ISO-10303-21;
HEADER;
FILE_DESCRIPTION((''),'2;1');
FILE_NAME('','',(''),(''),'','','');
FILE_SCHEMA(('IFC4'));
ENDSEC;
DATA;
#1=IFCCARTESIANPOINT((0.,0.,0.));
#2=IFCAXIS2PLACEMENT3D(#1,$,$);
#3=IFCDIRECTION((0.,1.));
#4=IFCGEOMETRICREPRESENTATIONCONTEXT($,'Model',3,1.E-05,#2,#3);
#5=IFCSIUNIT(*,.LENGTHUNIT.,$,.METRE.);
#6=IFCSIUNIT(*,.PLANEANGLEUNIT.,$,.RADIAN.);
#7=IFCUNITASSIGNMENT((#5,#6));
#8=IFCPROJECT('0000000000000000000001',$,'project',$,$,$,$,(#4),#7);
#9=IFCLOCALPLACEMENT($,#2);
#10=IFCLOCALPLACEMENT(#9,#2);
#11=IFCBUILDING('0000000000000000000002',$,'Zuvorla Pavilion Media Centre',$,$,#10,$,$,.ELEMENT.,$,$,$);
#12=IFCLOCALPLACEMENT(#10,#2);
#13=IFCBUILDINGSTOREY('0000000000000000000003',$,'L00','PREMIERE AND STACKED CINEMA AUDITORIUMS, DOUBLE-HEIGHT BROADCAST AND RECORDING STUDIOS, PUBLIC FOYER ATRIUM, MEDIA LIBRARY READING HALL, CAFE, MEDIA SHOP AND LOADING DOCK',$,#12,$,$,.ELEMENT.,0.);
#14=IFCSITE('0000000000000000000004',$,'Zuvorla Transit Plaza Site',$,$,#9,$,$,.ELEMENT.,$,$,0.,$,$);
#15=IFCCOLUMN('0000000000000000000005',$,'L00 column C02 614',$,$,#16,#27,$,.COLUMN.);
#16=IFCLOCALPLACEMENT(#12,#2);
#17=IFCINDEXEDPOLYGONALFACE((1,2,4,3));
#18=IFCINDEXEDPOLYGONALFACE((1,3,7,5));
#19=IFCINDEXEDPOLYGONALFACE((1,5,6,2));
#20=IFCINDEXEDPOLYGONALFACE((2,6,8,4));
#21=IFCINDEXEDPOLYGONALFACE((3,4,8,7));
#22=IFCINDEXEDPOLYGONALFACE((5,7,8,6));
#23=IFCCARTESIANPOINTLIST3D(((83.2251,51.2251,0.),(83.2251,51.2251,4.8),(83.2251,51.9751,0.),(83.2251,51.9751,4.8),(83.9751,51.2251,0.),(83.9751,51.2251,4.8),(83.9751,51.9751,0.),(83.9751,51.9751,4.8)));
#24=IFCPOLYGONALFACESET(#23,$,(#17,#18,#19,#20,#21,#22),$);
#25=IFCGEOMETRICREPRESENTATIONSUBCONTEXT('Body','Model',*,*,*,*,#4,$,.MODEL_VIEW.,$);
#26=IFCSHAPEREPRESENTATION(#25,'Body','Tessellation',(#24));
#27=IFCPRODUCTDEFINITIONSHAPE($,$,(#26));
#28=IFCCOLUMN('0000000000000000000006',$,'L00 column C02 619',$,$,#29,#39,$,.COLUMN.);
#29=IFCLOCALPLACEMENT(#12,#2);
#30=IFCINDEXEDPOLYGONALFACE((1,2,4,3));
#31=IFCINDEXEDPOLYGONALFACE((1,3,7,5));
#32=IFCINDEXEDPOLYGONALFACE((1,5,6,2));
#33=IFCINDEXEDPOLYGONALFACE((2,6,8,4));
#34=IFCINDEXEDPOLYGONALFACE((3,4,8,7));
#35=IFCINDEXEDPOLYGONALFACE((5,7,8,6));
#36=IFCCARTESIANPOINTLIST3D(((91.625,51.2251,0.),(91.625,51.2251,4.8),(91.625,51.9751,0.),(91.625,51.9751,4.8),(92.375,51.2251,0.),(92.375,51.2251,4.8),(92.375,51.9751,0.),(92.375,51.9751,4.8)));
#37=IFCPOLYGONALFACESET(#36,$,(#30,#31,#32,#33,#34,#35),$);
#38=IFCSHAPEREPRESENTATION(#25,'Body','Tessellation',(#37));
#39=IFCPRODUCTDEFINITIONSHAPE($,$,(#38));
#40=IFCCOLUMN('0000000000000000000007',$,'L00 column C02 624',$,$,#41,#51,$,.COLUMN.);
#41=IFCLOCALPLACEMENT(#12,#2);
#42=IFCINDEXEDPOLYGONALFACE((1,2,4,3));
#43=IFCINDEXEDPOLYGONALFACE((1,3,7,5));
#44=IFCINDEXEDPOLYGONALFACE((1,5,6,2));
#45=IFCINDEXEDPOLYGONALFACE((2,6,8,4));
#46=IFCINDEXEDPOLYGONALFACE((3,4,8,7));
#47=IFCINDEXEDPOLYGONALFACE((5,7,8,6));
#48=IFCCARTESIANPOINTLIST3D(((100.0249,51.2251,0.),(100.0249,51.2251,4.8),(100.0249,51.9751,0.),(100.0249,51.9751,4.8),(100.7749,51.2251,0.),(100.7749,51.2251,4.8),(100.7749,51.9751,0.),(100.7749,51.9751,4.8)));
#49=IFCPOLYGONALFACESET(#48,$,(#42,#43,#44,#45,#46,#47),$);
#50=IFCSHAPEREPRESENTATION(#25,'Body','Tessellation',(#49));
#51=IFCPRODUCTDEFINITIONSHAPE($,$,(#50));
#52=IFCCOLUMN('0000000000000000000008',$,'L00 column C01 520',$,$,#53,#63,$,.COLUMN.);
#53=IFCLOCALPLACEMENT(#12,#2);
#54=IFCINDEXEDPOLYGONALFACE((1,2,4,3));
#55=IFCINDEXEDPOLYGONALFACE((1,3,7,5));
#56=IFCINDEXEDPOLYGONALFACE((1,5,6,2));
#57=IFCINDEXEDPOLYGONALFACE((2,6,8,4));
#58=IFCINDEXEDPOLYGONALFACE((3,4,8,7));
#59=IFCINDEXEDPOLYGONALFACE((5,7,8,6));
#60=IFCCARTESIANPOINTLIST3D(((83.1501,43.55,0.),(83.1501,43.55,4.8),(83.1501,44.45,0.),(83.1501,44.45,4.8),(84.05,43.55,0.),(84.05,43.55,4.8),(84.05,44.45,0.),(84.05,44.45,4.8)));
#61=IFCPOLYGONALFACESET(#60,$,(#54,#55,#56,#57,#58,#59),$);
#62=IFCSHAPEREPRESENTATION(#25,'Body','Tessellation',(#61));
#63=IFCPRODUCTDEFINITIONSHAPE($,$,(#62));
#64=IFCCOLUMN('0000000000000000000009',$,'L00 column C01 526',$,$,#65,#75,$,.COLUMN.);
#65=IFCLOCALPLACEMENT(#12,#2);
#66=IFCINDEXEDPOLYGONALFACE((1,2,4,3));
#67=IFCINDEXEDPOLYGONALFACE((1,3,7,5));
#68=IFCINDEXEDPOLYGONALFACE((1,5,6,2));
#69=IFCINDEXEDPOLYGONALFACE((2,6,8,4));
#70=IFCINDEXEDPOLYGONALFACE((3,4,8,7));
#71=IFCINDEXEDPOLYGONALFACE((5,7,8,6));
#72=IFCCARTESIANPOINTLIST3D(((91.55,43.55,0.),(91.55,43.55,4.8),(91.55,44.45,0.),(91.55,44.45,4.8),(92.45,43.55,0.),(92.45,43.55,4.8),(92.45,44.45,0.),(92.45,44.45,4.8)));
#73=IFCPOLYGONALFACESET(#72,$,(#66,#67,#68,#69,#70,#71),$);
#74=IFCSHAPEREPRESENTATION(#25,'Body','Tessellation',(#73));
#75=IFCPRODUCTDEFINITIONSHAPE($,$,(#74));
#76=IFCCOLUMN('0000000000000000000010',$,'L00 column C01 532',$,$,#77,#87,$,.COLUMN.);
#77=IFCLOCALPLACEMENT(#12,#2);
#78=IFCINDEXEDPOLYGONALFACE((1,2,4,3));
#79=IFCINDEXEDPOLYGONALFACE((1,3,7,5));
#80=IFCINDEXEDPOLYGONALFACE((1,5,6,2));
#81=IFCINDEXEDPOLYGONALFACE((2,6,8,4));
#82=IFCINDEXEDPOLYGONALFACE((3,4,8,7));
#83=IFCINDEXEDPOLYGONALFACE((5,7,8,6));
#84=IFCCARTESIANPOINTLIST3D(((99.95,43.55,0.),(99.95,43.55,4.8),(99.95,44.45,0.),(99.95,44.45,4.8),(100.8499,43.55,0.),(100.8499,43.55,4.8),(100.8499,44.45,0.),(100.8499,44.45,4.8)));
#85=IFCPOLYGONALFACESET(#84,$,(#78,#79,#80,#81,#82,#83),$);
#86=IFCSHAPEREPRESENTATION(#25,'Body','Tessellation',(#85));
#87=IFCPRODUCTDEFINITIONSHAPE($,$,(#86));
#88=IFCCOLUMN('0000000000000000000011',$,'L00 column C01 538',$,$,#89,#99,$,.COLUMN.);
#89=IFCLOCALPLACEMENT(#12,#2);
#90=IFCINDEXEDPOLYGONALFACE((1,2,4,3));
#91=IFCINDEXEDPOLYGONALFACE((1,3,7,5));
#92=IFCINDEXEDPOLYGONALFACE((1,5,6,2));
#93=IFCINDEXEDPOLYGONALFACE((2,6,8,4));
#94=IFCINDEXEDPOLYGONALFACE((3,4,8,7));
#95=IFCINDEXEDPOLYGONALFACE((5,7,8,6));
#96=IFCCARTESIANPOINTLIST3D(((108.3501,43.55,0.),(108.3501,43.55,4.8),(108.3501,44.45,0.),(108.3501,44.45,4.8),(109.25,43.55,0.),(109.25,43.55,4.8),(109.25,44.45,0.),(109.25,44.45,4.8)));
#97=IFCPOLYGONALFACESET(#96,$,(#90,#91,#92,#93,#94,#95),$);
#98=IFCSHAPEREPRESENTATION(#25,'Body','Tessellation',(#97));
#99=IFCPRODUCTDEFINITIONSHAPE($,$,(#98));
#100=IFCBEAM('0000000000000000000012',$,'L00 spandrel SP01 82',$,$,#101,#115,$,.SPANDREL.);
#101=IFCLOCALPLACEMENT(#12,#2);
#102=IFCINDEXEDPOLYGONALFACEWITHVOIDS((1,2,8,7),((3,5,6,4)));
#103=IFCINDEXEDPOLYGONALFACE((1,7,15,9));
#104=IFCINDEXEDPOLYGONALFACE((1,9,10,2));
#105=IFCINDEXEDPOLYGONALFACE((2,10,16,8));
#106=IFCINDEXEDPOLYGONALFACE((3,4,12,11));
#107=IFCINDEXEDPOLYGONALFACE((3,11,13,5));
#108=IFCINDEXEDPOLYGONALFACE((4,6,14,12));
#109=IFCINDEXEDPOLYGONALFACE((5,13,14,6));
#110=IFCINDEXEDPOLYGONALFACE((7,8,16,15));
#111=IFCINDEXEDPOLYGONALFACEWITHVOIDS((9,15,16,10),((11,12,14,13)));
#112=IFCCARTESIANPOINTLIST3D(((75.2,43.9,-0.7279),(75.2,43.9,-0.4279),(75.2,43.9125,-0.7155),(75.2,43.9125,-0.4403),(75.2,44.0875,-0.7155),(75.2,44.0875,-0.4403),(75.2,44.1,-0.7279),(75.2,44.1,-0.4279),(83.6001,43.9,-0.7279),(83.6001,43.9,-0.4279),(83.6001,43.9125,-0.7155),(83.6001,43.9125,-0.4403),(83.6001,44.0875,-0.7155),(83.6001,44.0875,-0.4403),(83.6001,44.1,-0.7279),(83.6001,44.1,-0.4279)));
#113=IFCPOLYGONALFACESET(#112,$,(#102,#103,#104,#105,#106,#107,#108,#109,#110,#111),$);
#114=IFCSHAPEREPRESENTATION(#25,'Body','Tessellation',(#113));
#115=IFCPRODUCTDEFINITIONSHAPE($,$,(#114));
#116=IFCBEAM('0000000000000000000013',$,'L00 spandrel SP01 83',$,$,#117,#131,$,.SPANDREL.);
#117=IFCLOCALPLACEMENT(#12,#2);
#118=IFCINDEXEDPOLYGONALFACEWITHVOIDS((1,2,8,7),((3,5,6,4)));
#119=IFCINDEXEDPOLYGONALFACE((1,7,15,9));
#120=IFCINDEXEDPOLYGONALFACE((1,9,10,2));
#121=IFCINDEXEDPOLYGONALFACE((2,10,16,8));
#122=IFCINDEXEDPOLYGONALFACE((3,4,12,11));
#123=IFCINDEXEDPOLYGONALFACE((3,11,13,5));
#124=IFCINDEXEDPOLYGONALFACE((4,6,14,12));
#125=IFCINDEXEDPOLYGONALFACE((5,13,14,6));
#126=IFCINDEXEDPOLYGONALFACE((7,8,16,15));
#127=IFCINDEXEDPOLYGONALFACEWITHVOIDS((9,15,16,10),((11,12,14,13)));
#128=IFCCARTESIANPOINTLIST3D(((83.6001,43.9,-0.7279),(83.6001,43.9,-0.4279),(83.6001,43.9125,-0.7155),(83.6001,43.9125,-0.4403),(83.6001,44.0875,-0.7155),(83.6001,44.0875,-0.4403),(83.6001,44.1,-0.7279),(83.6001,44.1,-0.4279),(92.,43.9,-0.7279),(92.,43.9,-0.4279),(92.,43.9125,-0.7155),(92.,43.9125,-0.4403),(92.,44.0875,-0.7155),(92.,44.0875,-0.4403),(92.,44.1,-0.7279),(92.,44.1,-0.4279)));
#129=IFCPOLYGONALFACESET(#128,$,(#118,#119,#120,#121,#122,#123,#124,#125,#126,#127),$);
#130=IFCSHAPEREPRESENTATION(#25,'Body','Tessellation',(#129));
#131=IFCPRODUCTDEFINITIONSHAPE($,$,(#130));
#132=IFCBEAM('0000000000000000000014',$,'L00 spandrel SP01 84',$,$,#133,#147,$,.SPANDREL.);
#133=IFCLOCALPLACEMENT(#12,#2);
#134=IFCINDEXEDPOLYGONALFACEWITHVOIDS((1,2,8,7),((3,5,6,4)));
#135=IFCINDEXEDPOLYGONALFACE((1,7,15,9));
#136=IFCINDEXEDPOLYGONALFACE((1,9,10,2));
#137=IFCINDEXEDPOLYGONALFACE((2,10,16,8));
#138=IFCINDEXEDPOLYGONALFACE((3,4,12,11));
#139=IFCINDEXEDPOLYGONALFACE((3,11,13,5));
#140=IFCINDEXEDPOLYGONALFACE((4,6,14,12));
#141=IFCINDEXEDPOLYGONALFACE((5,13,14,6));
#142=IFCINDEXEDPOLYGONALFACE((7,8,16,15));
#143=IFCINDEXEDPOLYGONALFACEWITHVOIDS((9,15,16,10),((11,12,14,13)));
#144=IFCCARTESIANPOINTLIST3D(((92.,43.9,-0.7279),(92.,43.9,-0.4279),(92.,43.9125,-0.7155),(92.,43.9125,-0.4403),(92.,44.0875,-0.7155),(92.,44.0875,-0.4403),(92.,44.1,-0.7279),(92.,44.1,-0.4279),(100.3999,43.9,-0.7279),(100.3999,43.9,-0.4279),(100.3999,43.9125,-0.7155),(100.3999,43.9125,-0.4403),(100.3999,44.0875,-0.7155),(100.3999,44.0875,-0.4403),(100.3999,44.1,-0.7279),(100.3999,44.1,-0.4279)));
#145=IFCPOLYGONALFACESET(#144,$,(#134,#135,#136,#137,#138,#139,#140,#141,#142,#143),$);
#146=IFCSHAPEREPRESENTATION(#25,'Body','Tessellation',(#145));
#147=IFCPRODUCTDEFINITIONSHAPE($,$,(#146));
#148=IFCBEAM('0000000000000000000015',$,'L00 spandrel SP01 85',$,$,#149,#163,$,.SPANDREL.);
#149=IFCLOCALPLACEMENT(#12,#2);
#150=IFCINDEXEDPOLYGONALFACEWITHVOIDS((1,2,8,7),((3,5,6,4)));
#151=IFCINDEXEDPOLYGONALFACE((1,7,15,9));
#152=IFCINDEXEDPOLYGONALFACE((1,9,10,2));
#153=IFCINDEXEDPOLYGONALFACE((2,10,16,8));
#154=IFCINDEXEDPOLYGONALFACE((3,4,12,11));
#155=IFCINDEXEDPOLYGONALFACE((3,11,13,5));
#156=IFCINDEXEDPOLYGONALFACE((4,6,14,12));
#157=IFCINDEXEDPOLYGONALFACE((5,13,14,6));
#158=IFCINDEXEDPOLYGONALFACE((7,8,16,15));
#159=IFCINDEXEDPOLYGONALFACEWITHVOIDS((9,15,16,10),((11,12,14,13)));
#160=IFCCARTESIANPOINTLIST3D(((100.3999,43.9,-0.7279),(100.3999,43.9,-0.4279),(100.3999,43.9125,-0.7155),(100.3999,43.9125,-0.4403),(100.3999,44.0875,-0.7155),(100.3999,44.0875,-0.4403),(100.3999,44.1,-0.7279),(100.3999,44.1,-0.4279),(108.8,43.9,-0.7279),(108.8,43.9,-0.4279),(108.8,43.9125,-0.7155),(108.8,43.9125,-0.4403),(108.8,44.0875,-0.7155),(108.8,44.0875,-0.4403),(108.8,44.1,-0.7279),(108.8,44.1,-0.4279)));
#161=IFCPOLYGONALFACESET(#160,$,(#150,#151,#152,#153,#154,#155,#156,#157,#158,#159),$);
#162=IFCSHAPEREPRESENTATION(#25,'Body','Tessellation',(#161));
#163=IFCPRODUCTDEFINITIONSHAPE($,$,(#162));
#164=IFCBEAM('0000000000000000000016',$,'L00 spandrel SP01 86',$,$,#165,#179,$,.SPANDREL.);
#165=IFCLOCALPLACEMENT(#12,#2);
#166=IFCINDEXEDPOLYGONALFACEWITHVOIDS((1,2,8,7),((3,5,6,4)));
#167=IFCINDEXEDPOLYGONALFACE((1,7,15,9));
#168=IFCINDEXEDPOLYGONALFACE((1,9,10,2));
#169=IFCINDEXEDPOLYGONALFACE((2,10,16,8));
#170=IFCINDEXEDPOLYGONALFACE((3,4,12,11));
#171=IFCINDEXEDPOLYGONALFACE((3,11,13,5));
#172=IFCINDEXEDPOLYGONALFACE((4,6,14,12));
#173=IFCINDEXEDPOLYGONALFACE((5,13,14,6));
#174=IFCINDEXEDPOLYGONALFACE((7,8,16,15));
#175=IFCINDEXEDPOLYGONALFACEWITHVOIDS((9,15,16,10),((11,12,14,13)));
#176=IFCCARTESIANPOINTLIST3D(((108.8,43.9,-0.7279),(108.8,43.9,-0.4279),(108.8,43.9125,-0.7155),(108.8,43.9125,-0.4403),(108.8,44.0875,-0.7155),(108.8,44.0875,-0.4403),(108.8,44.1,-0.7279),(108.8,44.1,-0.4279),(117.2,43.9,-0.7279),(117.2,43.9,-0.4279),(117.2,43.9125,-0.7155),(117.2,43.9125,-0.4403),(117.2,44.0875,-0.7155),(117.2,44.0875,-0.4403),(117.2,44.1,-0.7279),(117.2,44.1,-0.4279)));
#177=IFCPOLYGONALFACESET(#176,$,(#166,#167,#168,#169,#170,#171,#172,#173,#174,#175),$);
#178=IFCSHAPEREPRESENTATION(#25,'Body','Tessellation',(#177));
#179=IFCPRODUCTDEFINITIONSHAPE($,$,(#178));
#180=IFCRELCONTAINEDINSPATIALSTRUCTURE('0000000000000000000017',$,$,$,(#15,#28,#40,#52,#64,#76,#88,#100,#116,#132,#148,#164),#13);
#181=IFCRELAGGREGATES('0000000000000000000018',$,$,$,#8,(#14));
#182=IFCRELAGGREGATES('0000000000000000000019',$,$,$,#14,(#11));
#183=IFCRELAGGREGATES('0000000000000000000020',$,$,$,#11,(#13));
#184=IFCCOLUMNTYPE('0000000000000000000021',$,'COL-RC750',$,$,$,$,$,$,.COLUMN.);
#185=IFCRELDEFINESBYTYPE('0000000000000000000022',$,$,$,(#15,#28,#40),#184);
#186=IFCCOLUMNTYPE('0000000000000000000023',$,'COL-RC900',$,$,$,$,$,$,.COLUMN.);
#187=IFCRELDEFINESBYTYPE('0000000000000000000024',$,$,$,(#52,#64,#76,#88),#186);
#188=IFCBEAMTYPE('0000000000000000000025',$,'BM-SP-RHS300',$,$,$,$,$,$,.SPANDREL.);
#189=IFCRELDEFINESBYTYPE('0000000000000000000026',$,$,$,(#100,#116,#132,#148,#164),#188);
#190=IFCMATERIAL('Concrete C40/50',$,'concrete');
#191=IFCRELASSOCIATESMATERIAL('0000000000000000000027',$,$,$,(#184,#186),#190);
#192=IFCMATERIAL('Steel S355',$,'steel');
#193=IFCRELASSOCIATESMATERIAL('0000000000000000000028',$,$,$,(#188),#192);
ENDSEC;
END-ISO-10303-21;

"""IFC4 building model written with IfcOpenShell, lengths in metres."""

from ifc_helpers import new_model, si_unit, direction, frame, origin, origin_2d, place, context, subcontext, project, spatial, rectangle, hollow_rectangle, extrude, material, material_profile, profile_set, type_object, element, save


model = new_model("IFC4")

# Units and contexts
model_context = context("Model", 3, precision=1e-05, world=origin(), true_north=direction((0.0, 1.0)))
body_context = subcontext(model_context, "Body", "Model", "MODEL_VIEW")
ifc_project = project(units=[si_unit("LENGTHUNIT", "METRE"), si_unit("PLANEANGLEUNIT", "RADIAN")], contexts=[model_context])

# Site, building, storey
site_placement = place(None, origin())
site = spatial("IfcSite", under=ifc_project, at=site_placement, Name="Zuvorla Transit Plaza Site", CompositionType="ELEMENT", RefElevation=0.0)
building_placement = place(site_placement, origin())
building = spatial("IfcBuilding", under=site, at=building_placement, Name="Zuvorla Pavilion Media Centre", CompositionType="ELEMENT")
storey_placement = place(building_placement, origin())
storey = spatial("IfcBuildingStorey", under=building, at=storey_placement, Name="L00", Description="PREMIERE AND STACKED CINEMA AUDITORIUMS, DOUBLE-HEIGHT BROADCAST AND RECORDING STUDIOS, PUBLIC FOYER ATRIUM, MEDIA LIBRARY READING HALL, CAFE, MEDIA SHOP AND LOADING DOCK", CompositionType="ELEMENT", Elevation=0.0)

# Columns
ifc_material_1 = material(Name="Concrete C40/50", Category="concrete")
ifc_material_profile_1 = material_profile(ifc_material_1, rectangle(XDim=0.75, YDim=0.75, at=origin_2d()), Name="RC 750x750")
ifc_profile_set_1 = profile_set([ifc_material_profile_1], Name="Concrete C40/50")
column_type_1 = type_object("IfcColumnType", Name="COL-RC750", PredefinedType="COLUMN", material=ifc_profile_set_1)
for number, where, z_axis, x_axis, name in (
    (1, (83.6001, 51.6001, 0.0), (0.0, 0.0, 1.0), (1.0, 0.0, 0.0), "L00 column C02 614"),
    (2, (92.0, 51.6001, 0.0), (0.0, 0.0, 1.0), (1.0, 0.0, 0.0), "L00 column C02 619"),
    (3, (100.3999, 51.6001, 0.0), (0.0, 0.0, 1.0), (1.0, 0.0, 0.0), "L00 column C02 624"),
):
    element("IfcColumn", number, at=place(storey_placement, frame(where, z_axis=z_axis, x_axis=x_axis)), inside=storey, type_object=column_type_1, Name=name, PredefinedType="COLUMN", context=body_context, shape_type="SweptSolid", body=[
        extrude(rectangle(XDim=0.75, YDim=0.75, at=origin_2d()), origin(), (0.0, 0.0, 1.0), 4.8),
    ])
ifc_material_profile_2 = material_profile(ifc_material_1, rectangle(XDim=0.8999, YDim=0.8999, at=origin_2d()), Name="RC 900x900")
ifc_profile_set_2 = profile_set([ifc_material_profile_2], Name="Concrete C40/50")
column_type_2 = type_object("IfcColumnType", Name="COL-RC900", PredefinedType="COLUMN", material=ifc_profile_set_2)
for number, where, z_axis, x_axis, name in (
    (4, (83.6001, 44.0, 0.0), (0.0, 0.0, 1.0), (1.0, 0.0, 0.0), "L00 column C01 520"),
    (5, (92.0, 44.0, 0.0), (0.0, 0.0, 1.0), (1.0, 0.0, 0.0), "L00 column C01 526"),
    (6, (100.3999, 44.0, 0.0), (0.0, 0.0, 1.0), (1.0, 0.0, 0.0), "L00 column C01 532"),
    (7, (108.8, 44.0, 0.0), (0.0, 0.0, 1.0), (1.0, 0.0, 0.0), "L00 column C01 538"),
):
    element("IfcColumn", number, at=place(storey_placement, frame(where, z_axis=z_axis, x_axis=x_axis)), inside=storey, type_object=column_type_2, Name=name, PredefinedType="COLUMN", context=body_context, shape_type="SweptSolid", body=[
        extrude(rectangle(XDim=0.8999, YDim=0.8999, at=origin_2d()), origin(), (0.0, 0.0, 1.0), 4.8),
    ])

# Beams
ifc_material_2 = material(Name="Steel S355", Category="steel")
ifc_material_profile_3 = material_profile(ifc_material_2, hollow_rectangle(XDim=0.2, YDim=0.3, WallThickness=0.0125, at=origin_2d()), Name="RHS 300x200x12.5")
ifc_profile_set_3 = profile_set([ifc_material_profile_3], Name="Steel S355")
beam_type = type_object("IfcBeamType", Name="BM-SP-RHS300", PredefinedType="SPANDREL", material=ifc_profile_set_3)
beam_1_placement = place(storey_placement, frame((75.2, 44.0, -0.5779), z_axis=(1.0, 0.0, 0.0), x_axis=(0.0, 1.0, 0.0)))
element("IfcBeam", 8, at=beam_1_placement, inside=storey, type_object=beam_type, Name="L00 spandrel SP01 82", PredefinedType="SPANDREL", context=body_context, shape_type="SweptSolid", body=[
    extrude(hollow_rectangle(XDim=0.2, YDim=0.3, WallThickness=0.0125, at=origin_2d()), origin(), (0.0, 0.0, 1.0), 8.4001),
])
for number, where, z_axis, x_axis, name in (
    (9, (83.6001, 44.0, -0.5779), (1.0, 0.0, 0.0), (0.0, 1.0, 0.0), "L00 spandrel SP01 83"),
    (10, (92.0, 44.0, -0.5779), (1.0, 0.0, 0.0), (0.0, 1.0, 0.0), "L00 spandrel SP01 84"),
):
    element("IfcBeam", number, at=place(storey_placement, frame(where, z_axis=z_axis, x_axis=x_axis)), inside=storey, type_object=beam_type, Name=name, PredefinedType="SPANDREL", context=body_context, shape_type="SweptSolid", body=[
        extrude(hollow_rectangle(XDim=0.2, YDim=0.3, WallThickness=0.0125, at=origin_2d()), origin(), (0.0, 0.0, 1.0), 8.3999),
    ])
beam_2_placement = place(storey_placement, frame((100.3999, 44.0, -0.5779), z_axis=(1.0, 0.0, 0.0), x_axis=(0.0, 1.0, 0.0)))
element("IfcBeam", 11, at=beam_2_placement, inside=storey, type_object=beam_type, Name="L00 spandrel SP01 85", PredefinedType="SPANDREL", context=body_context, shape_type="SweptSolid", body=[
    extrude(hollow_rectangle(XDim=0.2, YDim=0.3, WallThickness=0.0125, at=origin_2d()), origin(), (0.0, 0.0, 1.0), 8.4001),
])
beam_3_placement = place(storey_placement, frame((108.8, 44.0, -0.5779), z_axis=(1.0, 0.0, 0.0), x_axis=(0.0, 1.0, 0.0)))
element("IfcBeam", 12, at=beam_3_placement, inside=storey, type_object=beam_type, Name="L00 spandrel SP01 86", PredefinedType="SPANDREL", context=body_context, shape_type="SweptSolid", body=[
    extrude(hollow_rectangle(XDim=0.2, YDim=0.3, WallThickness=0.0125, at=origin_2d()), origin(), (0.0, 0.0, 1.0), 8.3999),
])

save(model, "model.ifc")
